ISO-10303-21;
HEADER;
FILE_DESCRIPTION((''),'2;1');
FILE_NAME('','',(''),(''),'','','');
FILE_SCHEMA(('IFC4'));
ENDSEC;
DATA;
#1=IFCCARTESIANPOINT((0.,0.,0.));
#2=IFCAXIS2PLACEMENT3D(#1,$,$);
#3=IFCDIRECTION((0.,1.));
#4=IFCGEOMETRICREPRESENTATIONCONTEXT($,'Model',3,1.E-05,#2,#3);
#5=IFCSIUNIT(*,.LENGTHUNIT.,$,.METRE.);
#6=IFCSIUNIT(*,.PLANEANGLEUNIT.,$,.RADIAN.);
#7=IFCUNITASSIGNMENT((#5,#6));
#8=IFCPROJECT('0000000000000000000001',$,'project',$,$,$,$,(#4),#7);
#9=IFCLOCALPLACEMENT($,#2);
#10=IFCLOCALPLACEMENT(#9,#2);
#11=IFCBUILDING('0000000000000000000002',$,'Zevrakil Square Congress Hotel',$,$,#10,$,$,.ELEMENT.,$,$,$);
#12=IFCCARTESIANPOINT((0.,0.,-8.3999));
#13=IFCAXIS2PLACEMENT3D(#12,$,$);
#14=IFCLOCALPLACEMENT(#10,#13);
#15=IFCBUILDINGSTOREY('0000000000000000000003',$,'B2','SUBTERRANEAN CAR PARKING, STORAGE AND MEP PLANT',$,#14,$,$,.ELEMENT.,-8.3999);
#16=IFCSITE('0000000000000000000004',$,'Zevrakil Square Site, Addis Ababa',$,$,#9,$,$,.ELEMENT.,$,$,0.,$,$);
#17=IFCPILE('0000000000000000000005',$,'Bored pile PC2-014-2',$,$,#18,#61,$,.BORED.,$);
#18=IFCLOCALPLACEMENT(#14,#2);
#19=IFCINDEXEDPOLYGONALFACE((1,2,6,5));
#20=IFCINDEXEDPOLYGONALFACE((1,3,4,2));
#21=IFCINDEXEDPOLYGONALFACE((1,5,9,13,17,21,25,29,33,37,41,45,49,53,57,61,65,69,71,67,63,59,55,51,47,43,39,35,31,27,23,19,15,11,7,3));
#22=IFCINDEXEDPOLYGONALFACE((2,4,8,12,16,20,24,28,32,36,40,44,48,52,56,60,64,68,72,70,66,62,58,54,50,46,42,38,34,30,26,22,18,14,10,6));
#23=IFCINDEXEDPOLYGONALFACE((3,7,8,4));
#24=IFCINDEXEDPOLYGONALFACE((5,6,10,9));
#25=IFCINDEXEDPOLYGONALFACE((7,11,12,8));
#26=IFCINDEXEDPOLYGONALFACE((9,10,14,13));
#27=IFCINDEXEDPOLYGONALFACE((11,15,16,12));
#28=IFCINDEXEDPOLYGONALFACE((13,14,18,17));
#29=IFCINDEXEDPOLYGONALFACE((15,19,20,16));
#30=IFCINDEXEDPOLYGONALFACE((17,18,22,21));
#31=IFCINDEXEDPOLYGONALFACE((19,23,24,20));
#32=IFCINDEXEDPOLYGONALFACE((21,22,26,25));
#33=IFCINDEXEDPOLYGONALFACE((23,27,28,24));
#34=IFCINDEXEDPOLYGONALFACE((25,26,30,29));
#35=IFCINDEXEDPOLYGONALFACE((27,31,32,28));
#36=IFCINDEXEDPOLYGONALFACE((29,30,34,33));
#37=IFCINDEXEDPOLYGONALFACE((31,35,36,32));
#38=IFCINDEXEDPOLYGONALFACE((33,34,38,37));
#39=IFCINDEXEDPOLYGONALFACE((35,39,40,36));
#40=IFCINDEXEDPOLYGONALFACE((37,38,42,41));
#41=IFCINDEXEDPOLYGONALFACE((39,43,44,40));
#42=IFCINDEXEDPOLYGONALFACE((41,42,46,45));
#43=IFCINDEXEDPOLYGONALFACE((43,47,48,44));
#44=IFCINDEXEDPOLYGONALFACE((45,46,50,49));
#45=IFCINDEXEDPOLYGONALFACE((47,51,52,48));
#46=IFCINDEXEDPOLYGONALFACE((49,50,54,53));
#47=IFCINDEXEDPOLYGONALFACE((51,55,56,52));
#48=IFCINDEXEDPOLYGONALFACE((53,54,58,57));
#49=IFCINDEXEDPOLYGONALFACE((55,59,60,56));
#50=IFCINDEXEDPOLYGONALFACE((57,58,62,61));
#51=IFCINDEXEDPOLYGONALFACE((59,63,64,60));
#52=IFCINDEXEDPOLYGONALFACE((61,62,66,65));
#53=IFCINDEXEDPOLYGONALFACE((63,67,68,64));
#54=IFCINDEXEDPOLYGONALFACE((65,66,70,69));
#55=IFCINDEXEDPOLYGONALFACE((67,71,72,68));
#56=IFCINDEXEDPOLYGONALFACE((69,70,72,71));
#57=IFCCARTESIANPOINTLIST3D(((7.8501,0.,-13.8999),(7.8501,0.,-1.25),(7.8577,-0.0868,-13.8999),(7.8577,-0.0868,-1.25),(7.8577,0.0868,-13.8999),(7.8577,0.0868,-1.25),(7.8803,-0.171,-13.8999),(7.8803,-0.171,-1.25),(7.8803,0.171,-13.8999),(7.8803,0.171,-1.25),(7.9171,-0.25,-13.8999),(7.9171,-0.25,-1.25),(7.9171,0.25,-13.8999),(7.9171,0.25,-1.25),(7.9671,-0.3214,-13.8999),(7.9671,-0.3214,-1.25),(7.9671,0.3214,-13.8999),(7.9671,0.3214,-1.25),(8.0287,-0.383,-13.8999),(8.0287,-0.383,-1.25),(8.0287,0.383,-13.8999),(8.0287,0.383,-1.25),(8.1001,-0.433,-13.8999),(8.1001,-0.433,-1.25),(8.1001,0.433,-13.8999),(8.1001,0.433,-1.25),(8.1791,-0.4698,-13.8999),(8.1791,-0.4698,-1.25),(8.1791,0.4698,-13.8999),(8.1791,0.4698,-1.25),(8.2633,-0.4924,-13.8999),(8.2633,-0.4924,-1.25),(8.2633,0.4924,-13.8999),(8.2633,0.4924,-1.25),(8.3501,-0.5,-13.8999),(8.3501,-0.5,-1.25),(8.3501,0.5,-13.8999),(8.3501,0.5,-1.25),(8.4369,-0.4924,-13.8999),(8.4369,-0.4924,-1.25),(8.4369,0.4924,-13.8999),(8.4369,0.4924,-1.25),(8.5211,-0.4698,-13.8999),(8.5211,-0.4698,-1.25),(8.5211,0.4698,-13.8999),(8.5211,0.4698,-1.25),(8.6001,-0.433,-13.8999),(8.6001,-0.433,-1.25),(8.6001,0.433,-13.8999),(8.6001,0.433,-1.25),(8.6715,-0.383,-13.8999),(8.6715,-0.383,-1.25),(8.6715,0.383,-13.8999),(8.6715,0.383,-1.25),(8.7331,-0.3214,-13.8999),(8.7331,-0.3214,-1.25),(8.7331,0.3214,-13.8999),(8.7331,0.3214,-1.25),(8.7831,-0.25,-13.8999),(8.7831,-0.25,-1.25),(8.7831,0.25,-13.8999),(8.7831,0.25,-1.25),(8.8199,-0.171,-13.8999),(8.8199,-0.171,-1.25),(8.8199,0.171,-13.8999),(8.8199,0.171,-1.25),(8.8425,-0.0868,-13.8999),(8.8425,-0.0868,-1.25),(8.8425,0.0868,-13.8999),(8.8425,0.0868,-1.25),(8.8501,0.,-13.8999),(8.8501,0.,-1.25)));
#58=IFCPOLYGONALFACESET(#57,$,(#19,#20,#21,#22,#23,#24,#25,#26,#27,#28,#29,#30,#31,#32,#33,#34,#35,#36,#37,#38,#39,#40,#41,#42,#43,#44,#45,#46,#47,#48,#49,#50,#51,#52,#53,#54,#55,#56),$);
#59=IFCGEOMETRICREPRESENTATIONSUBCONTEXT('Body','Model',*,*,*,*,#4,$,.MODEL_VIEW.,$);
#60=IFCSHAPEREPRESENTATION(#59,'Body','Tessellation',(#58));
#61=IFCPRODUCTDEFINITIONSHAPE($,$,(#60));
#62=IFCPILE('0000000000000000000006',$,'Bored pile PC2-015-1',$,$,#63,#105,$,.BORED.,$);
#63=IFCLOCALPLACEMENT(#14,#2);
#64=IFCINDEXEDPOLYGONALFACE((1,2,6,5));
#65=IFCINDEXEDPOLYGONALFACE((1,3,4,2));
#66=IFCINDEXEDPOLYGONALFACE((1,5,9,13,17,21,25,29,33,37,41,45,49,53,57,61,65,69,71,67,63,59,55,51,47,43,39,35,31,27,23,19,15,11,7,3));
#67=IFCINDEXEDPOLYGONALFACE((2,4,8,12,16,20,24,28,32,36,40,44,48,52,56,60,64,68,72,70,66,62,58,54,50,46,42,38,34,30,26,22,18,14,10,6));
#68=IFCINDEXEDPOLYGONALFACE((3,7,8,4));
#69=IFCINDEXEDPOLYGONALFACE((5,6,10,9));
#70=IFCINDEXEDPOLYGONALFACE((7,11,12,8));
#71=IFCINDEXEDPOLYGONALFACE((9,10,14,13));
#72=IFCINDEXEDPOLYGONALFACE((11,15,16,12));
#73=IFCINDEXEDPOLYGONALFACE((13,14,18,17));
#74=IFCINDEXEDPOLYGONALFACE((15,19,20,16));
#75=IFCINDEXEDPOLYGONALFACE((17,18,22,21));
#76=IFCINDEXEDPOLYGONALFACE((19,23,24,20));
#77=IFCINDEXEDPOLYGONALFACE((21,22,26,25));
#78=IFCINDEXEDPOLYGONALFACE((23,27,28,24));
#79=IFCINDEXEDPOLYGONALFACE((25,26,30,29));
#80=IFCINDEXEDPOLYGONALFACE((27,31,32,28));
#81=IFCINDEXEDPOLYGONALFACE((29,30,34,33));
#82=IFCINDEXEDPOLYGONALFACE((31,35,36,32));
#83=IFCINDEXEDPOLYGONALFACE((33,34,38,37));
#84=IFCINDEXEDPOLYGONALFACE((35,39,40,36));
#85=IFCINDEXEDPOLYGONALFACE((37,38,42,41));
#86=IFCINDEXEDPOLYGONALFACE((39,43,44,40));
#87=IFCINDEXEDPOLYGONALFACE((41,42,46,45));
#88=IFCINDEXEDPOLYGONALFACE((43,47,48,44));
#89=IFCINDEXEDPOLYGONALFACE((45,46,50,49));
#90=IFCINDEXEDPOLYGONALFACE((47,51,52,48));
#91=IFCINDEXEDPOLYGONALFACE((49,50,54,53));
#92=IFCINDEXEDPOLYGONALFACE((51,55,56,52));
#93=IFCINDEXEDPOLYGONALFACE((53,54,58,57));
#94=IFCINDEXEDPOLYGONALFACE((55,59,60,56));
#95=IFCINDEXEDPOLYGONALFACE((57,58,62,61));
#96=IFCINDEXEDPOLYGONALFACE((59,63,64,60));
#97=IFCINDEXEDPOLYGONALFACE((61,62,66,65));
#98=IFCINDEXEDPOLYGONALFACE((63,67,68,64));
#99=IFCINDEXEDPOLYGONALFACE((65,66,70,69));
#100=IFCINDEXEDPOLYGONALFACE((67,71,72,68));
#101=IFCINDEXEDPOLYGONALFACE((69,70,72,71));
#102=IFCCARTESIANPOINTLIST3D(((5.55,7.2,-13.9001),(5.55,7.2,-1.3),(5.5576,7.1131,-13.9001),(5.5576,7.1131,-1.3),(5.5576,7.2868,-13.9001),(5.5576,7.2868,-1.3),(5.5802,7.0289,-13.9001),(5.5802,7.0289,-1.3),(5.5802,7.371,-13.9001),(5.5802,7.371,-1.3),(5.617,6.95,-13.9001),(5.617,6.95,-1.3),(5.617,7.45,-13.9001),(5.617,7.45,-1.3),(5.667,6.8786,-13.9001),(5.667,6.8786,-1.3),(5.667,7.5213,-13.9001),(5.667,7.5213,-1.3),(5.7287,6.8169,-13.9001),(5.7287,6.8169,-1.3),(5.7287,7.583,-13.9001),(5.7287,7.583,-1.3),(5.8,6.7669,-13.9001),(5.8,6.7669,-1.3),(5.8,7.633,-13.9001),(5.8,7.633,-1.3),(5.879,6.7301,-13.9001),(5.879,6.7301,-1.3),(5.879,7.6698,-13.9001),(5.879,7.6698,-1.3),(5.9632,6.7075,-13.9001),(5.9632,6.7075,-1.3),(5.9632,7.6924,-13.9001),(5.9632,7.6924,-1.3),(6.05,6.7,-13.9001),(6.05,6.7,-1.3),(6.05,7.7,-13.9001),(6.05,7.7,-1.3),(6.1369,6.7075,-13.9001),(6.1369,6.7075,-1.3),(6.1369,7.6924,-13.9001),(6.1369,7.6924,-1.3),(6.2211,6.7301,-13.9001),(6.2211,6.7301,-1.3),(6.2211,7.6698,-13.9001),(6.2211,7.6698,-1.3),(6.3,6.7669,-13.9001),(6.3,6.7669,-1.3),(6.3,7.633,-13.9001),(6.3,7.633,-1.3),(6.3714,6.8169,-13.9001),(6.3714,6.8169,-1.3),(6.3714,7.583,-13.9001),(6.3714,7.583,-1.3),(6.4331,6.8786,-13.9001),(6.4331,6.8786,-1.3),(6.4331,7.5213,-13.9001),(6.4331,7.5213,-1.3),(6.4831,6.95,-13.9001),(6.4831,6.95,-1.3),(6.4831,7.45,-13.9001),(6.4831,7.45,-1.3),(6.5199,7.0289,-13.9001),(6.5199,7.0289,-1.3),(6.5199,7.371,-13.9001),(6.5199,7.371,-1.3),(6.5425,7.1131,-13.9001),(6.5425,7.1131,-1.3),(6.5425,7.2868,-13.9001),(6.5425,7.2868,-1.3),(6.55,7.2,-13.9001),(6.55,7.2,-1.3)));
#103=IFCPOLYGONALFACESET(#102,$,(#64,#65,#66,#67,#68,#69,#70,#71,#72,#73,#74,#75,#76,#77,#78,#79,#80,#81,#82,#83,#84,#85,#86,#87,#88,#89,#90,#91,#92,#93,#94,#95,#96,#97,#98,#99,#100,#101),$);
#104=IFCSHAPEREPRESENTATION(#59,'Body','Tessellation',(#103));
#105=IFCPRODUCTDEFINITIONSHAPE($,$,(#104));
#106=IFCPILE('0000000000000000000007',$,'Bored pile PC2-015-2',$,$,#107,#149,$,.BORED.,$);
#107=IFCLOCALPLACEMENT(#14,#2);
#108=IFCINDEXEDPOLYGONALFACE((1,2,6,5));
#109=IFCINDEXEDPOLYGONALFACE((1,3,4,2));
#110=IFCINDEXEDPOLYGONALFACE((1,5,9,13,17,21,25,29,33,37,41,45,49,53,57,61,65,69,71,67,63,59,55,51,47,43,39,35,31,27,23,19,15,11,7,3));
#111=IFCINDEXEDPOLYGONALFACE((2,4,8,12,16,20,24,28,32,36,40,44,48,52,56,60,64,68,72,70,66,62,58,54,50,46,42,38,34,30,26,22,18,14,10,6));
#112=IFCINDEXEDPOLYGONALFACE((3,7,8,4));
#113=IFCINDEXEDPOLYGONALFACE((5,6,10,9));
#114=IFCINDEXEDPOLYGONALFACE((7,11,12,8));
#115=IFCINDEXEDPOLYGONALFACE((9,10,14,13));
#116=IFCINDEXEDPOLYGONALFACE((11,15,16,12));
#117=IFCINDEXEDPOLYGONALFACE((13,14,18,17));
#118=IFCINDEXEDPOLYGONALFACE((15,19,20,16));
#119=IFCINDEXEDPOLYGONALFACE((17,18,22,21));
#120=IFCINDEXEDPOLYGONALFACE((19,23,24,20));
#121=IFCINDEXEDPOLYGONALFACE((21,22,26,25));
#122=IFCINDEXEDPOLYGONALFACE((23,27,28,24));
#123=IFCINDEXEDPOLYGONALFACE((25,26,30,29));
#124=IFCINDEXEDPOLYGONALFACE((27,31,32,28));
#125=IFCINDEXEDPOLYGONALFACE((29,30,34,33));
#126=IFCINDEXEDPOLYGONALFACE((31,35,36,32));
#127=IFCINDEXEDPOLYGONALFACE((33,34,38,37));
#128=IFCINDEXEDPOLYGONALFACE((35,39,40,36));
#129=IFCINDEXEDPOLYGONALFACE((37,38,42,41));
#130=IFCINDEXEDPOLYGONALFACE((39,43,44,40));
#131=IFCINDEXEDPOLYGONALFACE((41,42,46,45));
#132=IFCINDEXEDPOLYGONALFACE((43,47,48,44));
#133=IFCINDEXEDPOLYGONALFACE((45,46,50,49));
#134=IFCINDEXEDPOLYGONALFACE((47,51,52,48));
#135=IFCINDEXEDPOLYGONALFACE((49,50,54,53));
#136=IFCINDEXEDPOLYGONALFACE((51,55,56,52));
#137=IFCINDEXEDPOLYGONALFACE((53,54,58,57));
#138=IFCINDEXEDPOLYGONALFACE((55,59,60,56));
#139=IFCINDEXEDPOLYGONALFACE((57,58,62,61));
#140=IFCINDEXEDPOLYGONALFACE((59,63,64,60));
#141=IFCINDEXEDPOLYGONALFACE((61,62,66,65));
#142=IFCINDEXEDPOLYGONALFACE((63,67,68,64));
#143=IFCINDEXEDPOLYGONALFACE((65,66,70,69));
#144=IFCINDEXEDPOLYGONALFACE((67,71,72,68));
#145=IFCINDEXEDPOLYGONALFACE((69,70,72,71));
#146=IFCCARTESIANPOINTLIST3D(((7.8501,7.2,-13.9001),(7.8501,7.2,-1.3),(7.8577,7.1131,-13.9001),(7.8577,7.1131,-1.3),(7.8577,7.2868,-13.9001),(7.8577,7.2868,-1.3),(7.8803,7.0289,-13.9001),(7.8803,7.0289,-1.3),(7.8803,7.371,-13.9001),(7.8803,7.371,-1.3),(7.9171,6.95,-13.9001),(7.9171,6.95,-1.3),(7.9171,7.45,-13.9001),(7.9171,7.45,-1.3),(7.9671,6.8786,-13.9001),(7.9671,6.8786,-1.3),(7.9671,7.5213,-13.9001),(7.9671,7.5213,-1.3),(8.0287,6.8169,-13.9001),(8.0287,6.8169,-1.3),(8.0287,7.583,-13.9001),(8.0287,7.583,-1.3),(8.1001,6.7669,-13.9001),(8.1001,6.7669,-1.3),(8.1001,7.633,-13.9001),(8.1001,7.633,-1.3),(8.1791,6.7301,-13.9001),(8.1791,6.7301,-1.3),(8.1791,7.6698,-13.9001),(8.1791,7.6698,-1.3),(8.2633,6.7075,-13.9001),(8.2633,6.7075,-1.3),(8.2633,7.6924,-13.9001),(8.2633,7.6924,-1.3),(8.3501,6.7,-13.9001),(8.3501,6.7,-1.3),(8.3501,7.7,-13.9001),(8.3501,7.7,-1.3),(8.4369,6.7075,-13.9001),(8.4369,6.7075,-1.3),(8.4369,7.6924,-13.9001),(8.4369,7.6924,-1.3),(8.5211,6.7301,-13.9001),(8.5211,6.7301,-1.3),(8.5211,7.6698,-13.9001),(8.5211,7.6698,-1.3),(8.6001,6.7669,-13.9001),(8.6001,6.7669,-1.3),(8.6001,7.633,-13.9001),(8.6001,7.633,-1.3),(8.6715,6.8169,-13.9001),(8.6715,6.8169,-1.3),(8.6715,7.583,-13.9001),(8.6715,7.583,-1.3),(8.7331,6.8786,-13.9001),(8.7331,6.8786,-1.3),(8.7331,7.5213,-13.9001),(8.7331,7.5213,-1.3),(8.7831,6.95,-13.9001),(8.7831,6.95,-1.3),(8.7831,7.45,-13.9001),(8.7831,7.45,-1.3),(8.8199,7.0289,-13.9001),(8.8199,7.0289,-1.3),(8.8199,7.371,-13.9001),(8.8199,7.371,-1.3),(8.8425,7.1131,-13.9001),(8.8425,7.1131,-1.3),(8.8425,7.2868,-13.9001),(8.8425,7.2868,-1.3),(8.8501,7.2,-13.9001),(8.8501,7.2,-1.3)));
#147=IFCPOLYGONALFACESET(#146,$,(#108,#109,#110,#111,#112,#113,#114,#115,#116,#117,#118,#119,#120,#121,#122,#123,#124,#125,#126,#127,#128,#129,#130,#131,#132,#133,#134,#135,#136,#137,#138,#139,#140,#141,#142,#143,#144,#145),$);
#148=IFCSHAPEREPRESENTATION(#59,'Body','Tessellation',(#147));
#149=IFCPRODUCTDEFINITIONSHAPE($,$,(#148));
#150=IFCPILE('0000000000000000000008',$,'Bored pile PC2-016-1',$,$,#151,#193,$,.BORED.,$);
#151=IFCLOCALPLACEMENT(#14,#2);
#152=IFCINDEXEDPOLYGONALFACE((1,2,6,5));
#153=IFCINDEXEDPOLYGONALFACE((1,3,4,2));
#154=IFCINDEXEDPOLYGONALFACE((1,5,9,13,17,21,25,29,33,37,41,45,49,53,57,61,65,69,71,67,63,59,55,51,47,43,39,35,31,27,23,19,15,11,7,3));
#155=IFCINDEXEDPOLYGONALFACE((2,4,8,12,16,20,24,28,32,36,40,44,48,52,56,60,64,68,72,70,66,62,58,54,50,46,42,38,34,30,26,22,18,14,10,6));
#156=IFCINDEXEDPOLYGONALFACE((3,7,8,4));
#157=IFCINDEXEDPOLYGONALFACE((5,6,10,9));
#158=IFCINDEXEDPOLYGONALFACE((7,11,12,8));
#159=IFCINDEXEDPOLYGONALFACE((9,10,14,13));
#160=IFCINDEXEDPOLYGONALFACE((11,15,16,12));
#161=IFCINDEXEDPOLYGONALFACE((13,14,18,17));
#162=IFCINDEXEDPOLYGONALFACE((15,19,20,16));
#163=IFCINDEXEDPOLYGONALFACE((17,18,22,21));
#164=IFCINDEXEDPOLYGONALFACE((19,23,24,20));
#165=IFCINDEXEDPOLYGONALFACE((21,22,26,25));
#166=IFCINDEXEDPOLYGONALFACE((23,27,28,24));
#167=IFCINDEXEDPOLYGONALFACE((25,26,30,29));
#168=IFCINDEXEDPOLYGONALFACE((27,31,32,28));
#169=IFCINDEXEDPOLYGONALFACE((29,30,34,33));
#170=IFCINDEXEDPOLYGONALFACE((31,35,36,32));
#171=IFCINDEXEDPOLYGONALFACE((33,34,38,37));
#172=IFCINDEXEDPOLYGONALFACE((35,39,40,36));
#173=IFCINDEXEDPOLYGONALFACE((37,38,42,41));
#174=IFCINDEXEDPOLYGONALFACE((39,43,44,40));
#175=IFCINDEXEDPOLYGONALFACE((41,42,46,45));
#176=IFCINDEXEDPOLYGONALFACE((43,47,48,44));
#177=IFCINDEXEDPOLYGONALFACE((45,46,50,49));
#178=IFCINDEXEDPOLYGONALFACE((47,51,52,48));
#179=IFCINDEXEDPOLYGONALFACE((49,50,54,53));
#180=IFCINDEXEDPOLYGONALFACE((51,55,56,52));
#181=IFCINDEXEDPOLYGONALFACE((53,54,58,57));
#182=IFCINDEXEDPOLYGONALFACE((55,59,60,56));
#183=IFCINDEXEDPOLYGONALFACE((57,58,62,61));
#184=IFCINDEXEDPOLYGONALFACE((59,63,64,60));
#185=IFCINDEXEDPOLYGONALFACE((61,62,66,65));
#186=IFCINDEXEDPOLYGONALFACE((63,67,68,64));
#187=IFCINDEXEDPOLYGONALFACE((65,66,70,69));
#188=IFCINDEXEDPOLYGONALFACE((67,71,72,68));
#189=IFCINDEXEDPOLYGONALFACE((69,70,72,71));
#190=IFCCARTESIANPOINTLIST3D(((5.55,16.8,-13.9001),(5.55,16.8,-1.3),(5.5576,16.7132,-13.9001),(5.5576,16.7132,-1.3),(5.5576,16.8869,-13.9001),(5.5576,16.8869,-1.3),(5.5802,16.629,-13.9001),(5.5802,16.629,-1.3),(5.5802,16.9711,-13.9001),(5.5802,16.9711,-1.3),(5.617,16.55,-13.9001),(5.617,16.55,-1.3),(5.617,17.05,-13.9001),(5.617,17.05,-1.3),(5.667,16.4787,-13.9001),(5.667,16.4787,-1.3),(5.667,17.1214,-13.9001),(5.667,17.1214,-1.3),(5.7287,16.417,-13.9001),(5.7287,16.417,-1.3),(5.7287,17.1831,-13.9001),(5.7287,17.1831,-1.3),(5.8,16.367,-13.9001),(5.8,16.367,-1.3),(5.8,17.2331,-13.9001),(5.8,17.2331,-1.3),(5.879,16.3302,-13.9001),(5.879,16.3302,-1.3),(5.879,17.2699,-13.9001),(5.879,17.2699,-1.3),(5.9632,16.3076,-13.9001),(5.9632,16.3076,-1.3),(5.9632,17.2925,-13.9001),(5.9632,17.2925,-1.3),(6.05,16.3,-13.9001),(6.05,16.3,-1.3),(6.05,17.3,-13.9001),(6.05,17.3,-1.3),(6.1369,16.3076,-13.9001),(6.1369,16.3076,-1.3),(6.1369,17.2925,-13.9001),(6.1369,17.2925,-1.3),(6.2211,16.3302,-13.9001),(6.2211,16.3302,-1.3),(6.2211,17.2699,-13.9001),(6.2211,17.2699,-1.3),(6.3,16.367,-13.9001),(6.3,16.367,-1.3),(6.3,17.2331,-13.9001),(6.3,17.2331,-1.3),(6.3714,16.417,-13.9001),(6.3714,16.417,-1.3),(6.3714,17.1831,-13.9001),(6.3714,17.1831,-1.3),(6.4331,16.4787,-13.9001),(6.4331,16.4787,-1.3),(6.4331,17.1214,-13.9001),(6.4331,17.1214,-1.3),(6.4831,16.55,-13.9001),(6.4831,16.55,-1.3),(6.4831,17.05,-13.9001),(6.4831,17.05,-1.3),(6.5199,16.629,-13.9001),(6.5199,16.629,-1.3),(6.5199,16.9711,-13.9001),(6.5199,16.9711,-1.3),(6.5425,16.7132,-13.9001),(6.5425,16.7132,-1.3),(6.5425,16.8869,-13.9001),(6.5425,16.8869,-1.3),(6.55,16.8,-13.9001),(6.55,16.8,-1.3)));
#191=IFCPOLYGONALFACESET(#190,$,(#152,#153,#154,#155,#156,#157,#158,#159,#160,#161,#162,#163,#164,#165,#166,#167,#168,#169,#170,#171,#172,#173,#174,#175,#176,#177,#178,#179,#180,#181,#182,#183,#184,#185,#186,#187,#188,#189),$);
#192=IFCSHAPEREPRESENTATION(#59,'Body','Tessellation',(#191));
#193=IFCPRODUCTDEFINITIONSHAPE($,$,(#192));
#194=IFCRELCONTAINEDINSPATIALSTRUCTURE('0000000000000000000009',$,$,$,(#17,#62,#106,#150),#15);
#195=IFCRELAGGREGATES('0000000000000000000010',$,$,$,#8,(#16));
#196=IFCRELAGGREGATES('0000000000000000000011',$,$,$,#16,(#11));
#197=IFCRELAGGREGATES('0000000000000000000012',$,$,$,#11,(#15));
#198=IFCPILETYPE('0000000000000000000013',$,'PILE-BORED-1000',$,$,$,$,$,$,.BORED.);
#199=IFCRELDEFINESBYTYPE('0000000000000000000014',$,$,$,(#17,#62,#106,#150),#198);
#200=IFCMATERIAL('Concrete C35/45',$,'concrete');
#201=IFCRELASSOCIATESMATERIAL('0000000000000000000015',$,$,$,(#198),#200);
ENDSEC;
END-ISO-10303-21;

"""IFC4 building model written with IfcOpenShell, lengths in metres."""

from ifc_helpers import new_model, si_unit, direction, frame, origin, origin_2d, place, context, subcontext, project, spatial, circle, extrude, material, material_profile, profile_set, type_object, element, save


model = new_model("IFC4")

# Units and contexts
model_context = context("Model", 3, precision=1e-05, world=origin(), true_north=direction((0.0, 1.0)))
body_context = subcontext(model_context, "Body", "Model", "MODEL_VIEW")
ifc_project = project(units=[si_unit("LENGTHUNIT", "METRE"), si_unit("PLANEANGLEUNIT", "RADIAN")], contexts=[model_context])

# Site, building, storey
site_placement = place(None, origin())
site = spatial("IfcSite", under=ifc_project, at=site_placement, Name="Zevrakil Square Site, Addis Ababa", CompositionType="ELEMENT", RefElevation=0.0)
building_placement = place(site_placement, origin())
building = spatial("IfcBuilding", under=site, at=building_placement, Name="Zevrakil Square Congress Hotel", CompositionType="ELEMENT")
storey_placement = place(building_placement, frame((0.0, 0.0, -8.3999)))
storey = spatial("IfcBuildingStorey", under=building, at=storey_placement, Name="B2", Description="SUBTERRANEAN CAR PARKING, STORAGE AND MEP PLANT", CompositionType="ELEMENT", Elevation=-8.3999)

# Piles
ifc_material_1 = material(Name="Concrete C35/45", Category="concrete")
ifc_material_profile_1 = material_profile(ifc_material_1, circle(Radius=0.5, at=origin_2d()), Name="PILE D1000")
ifc_profile_set_1 = profile_set([ifc_material_profile_1], Name="Concrete C35/45")
pile_type = type_object("IfcPileType", Name="PILE-BORED-1000", PredefinedType="BORED", material=ifc_profile_set_1)
for number, where, z_axis, x_axis, name in (
    (1, (8.3501, 0.0, -1.25), (0.0, 0.0, -1.0), (1.0, 0.0, 0.0), "Bored pile PC2-014-2"),
):
    element("IfcPile", number, at=place(storey_placement, frame(where, z_axis=z_axis, x_axis=x_axis)), inside=storey, type_object=pile_type, Name=name, PredefinedType="BORED", context=body_context, shape_type="SweptSolid", body=[
        extrude(circle(Radius=0.5, at=origin_2d()), origin(), (0.0, 0.0, 1.0), 12.6499),
    ])
for number, where, z_axis, x_axis, name in (
    (2, (6.05, 7.2, -1.3), (0.0, 0.0, -1.0), (1.0, 0.0, 0.0), "Bored pile PC2-015-1"),
    (3, (8.3501, 7.2, -1.3), (0.0, 0.0, -1.0), (1.0, 0.0, 0.0), "Bored pile PC2-015-2"),
    (4, (6.05, 16.8, -1.3), (0.0, 0.0, -1.0), (1.0, 0.0, 0.0), "Bored pile PC2-016-1"),
):
    element("IfcPile", number, at=place(storey_placement, frame(where, z_axis=z_axis, x_axis=x_axis)), inside=storey, type_object=pile_type, Name=name, PredefinedType="BORED", context=body_context, shape_type="SweptSolid", body=[
        extrude(circle(Radius=0.5, at=origin_2d()), origin(), (0.0, 0.0, 1.0), 12.6001),
    ])

save(model, "model.ifc")
